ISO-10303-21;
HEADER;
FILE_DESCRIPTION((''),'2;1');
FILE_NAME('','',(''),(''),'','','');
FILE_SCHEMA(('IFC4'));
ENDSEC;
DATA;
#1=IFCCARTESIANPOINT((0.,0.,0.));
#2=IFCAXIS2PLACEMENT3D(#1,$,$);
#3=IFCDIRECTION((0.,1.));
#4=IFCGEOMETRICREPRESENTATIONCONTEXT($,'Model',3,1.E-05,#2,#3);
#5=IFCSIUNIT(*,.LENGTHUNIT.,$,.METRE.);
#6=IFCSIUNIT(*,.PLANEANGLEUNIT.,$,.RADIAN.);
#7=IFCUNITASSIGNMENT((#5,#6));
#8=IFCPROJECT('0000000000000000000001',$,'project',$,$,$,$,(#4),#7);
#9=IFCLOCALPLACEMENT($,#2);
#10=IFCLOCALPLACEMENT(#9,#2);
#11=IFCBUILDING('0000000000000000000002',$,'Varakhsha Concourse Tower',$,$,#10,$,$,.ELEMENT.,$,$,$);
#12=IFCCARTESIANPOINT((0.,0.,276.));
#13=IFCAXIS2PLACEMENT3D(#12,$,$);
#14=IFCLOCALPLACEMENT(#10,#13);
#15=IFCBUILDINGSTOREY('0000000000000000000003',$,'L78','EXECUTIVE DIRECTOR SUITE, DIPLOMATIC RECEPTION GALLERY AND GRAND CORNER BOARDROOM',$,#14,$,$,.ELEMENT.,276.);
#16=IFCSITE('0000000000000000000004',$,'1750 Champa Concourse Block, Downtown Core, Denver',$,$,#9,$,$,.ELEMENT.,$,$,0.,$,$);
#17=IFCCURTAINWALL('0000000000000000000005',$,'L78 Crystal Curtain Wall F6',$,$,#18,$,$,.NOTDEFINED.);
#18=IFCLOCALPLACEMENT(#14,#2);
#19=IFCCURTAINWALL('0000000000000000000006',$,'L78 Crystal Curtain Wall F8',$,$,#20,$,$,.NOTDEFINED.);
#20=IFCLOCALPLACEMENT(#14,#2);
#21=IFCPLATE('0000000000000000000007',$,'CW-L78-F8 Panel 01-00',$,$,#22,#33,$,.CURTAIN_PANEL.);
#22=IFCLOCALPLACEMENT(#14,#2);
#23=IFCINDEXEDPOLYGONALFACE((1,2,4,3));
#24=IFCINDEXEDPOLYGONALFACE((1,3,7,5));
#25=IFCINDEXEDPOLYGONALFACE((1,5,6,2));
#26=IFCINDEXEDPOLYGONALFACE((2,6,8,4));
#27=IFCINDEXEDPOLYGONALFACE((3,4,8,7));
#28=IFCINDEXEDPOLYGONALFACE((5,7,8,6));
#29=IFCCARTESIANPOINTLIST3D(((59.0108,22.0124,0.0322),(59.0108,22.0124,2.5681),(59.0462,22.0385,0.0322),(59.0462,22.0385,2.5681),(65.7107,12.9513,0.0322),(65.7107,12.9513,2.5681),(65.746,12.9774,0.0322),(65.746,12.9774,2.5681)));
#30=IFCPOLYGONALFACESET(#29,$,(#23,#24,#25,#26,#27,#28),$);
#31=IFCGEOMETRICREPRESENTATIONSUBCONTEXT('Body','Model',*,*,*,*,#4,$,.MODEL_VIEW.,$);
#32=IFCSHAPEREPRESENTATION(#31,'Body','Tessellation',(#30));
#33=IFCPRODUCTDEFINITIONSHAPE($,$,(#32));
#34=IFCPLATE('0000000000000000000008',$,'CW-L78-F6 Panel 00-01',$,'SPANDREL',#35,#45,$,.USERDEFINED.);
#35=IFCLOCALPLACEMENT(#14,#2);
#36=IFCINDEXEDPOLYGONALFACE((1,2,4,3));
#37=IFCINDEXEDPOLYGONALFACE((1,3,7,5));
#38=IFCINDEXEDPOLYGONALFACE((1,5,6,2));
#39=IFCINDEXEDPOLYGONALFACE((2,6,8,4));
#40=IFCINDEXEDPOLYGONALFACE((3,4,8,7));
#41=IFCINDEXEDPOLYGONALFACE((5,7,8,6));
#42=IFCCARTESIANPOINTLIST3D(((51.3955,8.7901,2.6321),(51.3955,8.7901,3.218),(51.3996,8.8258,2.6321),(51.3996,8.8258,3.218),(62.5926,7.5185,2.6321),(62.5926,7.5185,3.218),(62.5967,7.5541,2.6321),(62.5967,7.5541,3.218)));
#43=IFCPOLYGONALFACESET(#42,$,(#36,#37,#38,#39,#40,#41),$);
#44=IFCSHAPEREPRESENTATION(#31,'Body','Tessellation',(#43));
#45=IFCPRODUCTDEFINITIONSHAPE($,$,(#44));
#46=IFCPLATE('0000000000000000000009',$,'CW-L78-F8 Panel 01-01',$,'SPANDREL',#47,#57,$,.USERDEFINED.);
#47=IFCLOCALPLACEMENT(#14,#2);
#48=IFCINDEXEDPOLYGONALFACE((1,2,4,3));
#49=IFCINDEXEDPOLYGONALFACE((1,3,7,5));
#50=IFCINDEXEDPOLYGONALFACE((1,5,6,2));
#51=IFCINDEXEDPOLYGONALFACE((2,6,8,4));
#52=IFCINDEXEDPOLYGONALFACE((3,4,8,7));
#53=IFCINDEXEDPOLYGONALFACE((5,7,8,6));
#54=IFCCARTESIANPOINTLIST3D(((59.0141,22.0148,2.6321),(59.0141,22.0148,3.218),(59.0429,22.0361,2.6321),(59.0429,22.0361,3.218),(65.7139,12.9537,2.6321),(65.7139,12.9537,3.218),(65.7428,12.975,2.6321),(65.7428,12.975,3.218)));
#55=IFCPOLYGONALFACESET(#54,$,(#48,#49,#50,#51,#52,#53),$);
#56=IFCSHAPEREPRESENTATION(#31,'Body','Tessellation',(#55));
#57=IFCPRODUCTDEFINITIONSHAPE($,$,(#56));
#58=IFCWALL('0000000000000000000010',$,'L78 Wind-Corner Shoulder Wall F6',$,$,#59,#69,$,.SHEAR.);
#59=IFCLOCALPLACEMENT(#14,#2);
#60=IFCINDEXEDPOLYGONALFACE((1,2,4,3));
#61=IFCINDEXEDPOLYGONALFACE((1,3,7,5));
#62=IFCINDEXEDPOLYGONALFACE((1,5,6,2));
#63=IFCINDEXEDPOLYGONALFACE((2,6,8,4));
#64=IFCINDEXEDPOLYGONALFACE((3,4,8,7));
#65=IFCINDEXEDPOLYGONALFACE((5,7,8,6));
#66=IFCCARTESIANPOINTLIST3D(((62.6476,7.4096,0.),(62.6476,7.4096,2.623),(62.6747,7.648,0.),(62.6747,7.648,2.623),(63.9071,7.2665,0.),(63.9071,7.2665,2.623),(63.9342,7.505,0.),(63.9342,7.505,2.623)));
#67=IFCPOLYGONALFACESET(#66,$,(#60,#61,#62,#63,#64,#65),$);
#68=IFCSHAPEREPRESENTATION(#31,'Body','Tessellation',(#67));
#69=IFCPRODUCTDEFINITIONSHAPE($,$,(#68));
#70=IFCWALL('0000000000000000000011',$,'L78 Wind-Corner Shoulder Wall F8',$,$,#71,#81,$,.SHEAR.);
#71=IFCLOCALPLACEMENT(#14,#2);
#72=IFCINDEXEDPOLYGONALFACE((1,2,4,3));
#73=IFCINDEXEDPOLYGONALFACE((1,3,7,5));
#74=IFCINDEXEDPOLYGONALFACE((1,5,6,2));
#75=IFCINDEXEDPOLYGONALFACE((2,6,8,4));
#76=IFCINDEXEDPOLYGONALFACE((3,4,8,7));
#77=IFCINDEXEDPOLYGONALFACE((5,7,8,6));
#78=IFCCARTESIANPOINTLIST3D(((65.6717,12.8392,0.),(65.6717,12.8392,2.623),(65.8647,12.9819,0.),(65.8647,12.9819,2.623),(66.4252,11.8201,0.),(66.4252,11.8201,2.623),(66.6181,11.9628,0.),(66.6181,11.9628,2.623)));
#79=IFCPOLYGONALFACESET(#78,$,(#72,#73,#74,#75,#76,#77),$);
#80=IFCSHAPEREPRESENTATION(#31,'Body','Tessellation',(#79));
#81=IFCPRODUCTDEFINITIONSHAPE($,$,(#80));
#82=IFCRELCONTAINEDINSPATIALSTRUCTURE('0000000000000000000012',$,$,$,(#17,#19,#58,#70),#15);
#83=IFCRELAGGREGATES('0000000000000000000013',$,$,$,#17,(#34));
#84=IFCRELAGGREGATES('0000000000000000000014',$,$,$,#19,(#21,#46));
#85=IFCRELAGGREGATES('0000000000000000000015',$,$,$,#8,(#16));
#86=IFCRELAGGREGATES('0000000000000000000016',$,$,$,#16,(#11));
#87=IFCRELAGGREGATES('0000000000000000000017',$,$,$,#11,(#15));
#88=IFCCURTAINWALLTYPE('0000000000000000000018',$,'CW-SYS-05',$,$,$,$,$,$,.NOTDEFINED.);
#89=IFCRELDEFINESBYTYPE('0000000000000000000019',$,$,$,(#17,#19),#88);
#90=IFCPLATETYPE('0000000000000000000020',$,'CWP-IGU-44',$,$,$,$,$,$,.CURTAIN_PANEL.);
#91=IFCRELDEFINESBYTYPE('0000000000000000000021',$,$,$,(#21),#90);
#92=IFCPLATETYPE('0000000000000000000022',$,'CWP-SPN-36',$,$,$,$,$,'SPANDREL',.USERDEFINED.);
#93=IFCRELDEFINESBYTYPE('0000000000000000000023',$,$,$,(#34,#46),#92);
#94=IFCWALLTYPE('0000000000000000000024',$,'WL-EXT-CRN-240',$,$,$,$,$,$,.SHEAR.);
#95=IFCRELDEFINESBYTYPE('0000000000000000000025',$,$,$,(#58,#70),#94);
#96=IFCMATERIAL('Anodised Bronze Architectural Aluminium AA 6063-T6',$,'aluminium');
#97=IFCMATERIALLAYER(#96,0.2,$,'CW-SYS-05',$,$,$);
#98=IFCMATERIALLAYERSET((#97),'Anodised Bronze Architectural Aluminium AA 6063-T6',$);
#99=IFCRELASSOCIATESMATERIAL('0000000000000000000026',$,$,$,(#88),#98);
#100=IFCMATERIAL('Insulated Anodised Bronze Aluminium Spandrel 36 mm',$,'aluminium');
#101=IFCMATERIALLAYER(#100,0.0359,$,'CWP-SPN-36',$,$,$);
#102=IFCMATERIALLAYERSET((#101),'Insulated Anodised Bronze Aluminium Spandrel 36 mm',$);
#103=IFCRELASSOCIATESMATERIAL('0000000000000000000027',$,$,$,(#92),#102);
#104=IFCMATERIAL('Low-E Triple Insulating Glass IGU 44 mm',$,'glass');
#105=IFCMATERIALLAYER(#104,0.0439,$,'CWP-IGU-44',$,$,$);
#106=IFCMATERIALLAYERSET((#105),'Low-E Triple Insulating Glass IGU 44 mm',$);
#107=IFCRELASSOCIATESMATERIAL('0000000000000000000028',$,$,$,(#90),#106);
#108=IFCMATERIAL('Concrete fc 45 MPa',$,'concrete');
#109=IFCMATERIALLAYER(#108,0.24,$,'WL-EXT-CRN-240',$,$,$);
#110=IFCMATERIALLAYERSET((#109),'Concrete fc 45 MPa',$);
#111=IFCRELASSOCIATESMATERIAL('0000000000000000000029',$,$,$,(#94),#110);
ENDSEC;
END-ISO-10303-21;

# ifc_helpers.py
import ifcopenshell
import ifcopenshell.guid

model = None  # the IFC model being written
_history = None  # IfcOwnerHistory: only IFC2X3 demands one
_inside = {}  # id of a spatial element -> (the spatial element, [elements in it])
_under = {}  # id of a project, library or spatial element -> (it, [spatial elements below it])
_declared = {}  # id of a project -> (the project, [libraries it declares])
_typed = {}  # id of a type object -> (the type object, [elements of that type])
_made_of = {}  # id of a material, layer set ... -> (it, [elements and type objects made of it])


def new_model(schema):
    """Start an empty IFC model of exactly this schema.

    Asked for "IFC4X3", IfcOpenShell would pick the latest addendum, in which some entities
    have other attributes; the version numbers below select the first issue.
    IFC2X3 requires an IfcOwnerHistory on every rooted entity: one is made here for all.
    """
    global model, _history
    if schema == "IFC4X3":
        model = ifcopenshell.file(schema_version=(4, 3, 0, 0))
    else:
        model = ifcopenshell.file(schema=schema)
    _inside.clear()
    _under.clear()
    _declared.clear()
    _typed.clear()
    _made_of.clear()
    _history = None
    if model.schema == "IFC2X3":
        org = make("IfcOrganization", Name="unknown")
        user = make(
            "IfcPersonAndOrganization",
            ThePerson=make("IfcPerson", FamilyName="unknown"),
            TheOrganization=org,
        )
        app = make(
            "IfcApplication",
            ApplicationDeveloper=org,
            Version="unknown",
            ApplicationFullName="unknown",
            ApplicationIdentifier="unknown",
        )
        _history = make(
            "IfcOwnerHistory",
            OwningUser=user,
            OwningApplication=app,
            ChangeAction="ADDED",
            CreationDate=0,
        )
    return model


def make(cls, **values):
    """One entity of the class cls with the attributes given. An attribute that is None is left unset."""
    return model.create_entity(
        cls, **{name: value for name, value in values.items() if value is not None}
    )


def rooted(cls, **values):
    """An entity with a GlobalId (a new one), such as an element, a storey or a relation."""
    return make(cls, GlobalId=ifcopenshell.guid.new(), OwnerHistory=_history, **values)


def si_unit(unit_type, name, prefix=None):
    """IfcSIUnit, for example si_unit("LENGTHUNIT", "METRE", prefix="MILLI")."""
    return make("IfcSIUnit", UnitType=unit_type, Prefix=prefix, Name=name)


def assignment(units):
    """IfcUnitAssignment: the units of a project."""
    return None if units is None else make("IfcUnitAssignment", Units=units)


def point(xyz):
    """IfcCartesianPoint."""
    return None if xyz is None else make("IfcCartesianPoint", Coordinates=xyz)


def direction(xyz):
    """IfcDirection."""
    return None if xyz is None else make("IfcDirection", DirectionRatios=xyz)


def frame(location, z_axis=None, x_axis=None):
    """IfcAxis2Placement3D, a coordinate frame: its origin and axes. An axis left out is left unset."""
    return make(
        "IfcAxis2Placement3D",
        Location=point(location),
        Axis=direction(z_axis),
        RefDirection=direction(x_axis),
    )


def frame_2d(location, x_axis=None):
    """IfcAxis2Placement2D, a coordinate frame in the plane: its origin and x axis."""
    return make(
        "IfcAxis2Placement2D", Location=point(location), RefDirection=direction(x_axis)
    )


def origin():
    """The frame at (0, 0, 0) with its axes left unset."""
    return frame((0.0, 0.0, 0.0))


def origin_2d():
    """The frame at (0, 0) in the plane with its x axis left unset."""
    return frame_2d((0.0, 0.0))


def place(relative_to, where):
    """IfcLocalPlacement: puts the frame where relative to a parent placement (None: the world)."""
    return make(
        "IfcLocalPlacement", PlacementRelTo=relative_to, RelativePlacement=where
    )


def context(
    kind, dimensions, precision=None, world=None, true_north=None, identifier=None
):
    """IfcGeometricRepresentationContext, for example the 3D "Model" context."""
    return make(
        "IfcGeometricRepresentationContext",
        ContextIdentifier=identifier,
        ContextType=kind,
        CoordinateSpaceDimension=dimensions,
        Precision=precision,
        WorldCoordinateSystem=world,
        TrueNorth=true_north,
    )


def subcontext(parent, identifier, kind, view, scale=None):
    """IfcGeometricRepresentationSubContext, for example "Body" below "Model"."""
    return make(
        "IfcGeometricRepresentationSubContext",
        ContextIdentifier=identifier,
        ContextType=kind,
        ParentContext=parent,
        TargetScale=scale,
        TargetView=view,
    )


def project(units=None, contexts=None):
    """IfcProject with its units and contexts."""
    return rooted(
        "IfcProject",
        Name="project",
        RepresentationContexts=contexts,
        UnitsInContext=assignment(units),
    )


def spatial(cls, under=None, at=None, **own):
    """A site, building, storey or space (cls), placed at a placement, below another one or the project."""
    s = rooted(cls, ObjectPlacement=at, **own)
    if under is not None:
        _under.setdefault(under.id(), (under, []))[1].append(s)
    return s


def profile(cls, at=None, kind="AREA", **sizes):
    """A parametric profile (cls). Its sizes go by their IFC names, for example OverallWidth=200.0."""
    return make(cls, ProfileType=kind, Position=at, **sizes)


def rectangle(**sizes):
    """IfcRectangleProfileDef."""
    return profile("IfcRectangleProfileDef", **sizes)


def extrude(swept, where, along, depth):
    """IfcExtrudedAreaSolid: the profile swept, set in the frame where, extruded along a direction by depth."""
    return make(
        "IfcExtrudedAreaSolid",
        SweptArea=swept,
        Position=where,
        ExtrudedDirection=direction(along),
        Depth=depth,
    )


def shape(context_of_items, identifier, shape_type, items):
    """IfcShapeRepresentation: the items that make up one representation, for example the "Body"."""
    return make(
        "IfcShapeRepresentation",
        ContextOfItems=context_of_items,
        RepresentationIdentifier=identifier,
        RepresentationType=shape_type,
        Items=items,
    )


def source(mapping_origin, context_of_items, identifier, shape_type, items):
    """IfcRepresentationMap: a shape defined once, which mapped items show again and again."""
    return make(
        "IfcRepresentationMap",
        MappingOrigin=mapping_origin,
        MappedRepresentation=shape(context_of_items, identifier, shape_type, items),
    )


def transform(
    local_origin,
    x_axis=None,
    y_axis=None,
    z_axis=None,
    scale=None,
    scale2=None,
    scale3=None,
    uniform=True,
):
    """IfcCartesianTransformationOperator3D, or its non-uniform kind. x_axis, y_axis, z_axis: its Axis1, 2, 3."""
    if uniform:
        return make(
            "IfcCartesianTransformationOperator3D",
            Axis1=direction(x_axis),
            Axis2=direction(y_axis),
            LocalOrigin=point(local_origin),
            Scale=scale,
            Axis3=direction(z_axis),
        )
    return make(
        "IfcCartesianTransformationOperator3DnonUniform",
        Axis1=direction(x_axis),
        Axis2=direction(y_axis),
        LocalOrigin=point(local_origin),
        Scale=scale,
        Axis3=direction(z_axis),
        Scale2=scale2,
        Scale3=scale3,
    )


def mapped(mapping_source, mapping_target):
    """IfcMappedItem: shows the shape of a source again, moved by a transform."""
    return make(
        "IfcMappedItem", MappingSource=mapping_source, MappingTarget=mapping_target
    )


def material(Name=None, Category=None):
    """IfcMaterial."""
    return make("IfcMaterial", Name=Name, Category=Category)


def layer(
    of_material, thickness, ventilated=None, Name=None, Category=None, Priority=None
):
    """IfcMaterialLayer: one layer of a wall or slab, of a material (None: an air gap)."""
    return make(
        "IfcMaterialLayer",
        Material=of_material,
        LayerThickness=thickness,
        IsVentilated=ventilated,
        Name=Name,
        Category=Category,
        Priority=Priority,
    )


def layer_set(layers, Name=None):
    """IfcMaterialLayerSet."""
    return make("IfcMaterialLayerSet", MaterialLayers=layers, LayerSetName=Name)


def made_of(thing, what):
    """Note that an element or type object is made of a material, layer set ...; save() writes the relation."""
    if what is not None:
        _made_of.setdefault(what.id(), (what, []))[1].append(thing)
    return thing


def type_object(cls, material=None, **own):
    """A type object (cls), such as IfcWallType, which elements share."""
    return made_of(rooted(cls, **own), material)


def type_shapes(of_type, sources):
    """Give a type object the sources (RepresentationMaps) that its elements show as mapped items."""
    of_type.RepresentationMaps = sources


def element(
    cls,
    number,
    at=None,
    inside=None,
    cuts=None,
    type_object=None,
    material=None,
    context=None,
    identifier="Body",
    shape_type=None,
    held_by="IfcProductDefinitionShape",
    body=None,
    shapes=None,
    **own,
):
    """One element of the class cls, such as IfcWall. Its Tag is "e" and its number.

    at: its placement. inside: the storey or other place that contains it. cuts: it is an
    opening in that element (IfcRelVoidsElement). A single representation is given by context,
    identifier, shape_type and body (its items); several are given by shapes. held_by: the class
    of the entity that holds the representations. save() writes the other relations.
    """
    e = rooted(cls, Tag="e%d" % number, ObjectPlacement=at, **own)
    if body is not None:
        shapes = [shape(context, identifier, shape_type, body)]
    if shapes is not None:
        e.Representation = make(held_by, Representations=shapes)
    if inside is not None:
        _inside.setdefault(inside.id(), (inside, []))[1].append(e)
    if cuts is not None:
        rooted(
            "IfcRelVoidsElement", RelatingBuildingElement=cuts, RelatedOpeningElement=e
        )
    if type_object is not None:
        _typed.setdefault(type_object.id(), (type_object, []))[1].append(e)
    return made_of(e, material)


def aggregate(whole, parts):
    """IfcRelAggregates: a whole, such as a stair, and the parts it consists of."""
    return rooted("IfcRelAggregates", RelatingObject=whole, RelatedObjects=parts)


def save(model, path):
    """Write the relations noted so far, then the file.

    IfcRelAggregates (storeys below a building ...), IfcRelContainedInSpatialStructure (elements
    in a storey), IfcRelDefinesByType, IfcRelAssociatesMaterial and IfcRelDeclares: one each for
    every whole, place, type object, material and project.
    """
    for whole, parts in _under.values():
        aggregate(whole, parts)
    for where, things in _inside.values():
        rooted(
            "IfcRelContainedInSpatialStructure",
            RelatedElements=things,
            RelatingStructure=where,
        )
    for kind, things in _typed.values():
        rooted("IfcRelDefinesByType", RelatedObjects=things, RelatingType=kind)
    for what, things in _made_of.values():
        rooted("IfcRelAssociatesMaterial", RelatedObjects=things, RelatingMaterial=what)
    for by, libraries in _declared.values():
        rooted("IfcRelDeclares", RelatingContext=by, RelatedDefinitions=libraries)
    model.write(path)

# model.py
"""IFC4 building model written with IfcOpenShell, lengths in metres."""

from ifc_helpers import new_model, si_unit, direction, frame, frame_2d, origin, origin_2d, place, context, subcontext, project, spatial, rectangle, extrude, source, transform, mapped, material, layer, layer_set, type_object, type_shapes, element, aggregate, save


model = new_model("IFC4")

# Units and contexts
model_context = context("Model", 3, precision=1e-05, world=origin(), true_north=direction((0.0, 1.0)))
body_context = subcontext(model_context, "Body", "Model", "MODEL_VIEW")
ifc_project = project(units=[si_unit("LENGTHUNIT", "METRE"), si_unit("PLANEANGLEUNIT", "RADIAN")], contexts=[model_context])

# Site, building, storey
site_placement = place(None, origin())
site = spatial("IfcSite", under=ifc_project, at=site_placement, Name="1750 Champa Concourse Block, Downtown Core, Denver", CompositionType="ELEMENT", RefElevation=0.0)
building_placement = place(site_placement, origin())
building = spatial("IfcBuilding", under=site, at=building_placement, Name="Varakhsha Concourse Tower", CompositionType="ELEMENT")
storey_placement = place(building_placement, frame((0.0, 0.0, 276.0)))
storey = spatial("IfcBuildingStorey", under=building, at=storey_placement, Name="L78", Description="EXECUTIVE DIRECTOR SUITE, DIPLOMATIC RECEPTION GALLERY AND GRAND CORNER BOARDROOM", CompositionType="ELEMENT", Elevation=276.0)

# Curtain wall
ifc_material_1 = material(Name="Anodised Bronze Architectural Aluminium AA 6063-T6", Category="aluminium")
ifc_layer_1 = layer(ifc_material_1, 0.2, Name="CW-SYS-05")
ifc_layer_set_1 = layer_set([ifc_layer_1], Name="Anodised Bronze Architectural Aluminium AA 6063-T6")
curtain_wall_type = type_object("IfcCurtainWallType", Name="CW-SYS-05", PredefinedType="NOTDEFINED", material=ifc_layer_set_1)
curtain_wall_1_placement = place(storey_placement, origin())
curtain_wall_1 = element("IfcCurtainWall", 1, at=curtain_wall_1_placement, inside=storey, type_object=curtain_wall_type, Name="L78 Crystal Curtain Wall F6", PredefinedType="NOTDEFINED")

# Curtain wall
curtain_wall_2_placement = place(storey_placement, origin())
curtain_wall_2 = element("IfcCurtainWall", 2, at=curtain_wall_2_placement, inside=storey, type_object=curtain_wall_type, Name="L78 Crystal Curtain Wall F8", PredefinedType="NOTDEFINED")

# Plates
ifc_material_2 = material(Name="Insulated Anodised Bronze Aluminium Spandrel 36 mm", Category="aluminium")
ifc_layer_2 = layer(ifc_material_2, 0.0359, Name="CWP-SPN-36")
ifc_layer_set_2 = layer_set([ifc_layer_2], Name="Insulated Anodised Bronze Aluminium Spandrel 36 mm")
plate_type_1 = type_object("IfcPlateType", Name="CWP-SPN-36", ElementType="SPANDREL", PredefinedType="USERDEFINED", material=ifc_layer_set_2)
ifc_material_3 = material(Name="Low-E Triple Insulating Glass IGU 44 mm", Category="glass")
ifc_layer_3 = layer(ifc_material_3, 0.0439, Name="CWP-IGU-44")
ifc_layer_set_3 = layer_set([ifc_layer_3], Name="Low-E Triple Insulating Glass IGU 44 mm")
plate_type_2 = type_object("IfcPlateType", Name="CWP-IGU-44", PredefinedType="CURTAIN_PANEL", material=ifc_layer_set_3)
shared_shape_1 = source(origin(), body_context, "Body", "SweptSolid", [
    extrude(rectangle(XDim=11.269, YDim=0.0439, at=origin_2d()), origin(), (0.0, 0.0, 1.0), 2.5359),
])
type_shapes(plate_type_2, [shared_shape_1])
plate_1_placement = place(storey_placement, frame((62.3784, 17.4949, 0.0322), z_axis=(0.0, 0.0, 1.0), x_axis=(0.594534, -0.804071, 0.0)))
plate_1 = element("IfcPlate", 3, at=plate_1_placement, type_object=plate_type_2, Name="CW-L78-F8 Panel 01-00", PredefinedType="CURTAIN_PANEL", context=body_context, shape_type="MappedRepresentation", body=[
    mapped(shared_shape_1, transform((0.0, 0.0, 0.0), scale=1.0)),
])
shared_shape_2 = source(origin(), body_context, "Body", "SweptSolid", [
    extrude(rectangle(XDim=11.269, YDim=0.0359, at=origin_2d()), origin(), (0.0, 0.0, 1.0), 0.5859),
])
plate_2_placement = place(storey_placement, frame((56.9961, 8.1721, 2.6321), z_axis=(0.0, 0.0, 1.0), x_axis=(-0.993613, 0.112844, 0.0)))
plate_2 = element("IfcPlate", 4, at=plate_2_placement, type_object=plate_type_1, Name="CW-L78-F6 Panel 00-01", ObjectType="SPANDREL", PredefinedType="USERDEFINED", context=body_context, shape_type="MappedRepresentation", body=[
    mapped(shared_shape_2, transform((0.0, 0.0, 0.0), scale=1.0)),
])
aggregate(curtain_wall_1, [plate_2])
plate_3_placement = place(storey_placement, frame((62.3784, 17.4949, 2.6321), z_axis=(0.0, 0.0, 1.0), x_axis=(0.594534, -0.804071, 0.0)))
plate_3 = element("IfcPlate", 5, at=plate_3_placement, type_object=plate_type_1, Name="CW-L78-F8 Panel 01-01", ObjectType="SPANDREL", PredefinedType="USERDEFINED", context=body_context, shape_type="MappedRepresentation", body=[
    mapped(shared_shape_2, transform((0.0, 0.0, 0.0), scale=1.0)),
])
aggregate(curtain_wall_2, [plate_1, plate_3])

# Walls
ifc_material_4 = material(Name="Concrete fc 45 MPa", Category="concrete")
ifc_layer_4 = layer(ifc_material_4, 0.24, Name="WL-EXT-CRN-240")
ifc_layer_set_4 = layer_set([ifc_layer_4], Name="Concrete fc 45 MPa")
wall_type = type_object("IfcWallType", Name="WL-EXT-CRN-240", PredefinedType="SHEAR", material=ifc_layer_set_4)
wall_1_placement = place(storey_placement, frame((62.6611, 7.5288, 0.0), z_axis=(0.0, 0.0, 1.0), x_axis=(0.993611, -0.112862, 0.0)))
element("IfcWall", 6, at=wall_1_placement, inside=storey, type_object=wall_type, Name="L78 Wind-Corner Shoulder Wall F6", PredefinedType="SHEAR", context=body_context, shape_type="SweptSolid", body=[
    extrude(rectangle(XDim=1.2676, YDim=0.24, at=frame_2d((0.6338, 0.0))), origin(), (0.0, 0.0, 1.0), 2.623),
])
wall_2_placement = place(storey_placement, frame((66.5217, 11.8914, 0.0), z_axis=(0.0, 0.0, 1.0), x_axis=(-0.594499, 0.804096, 0.0)))
element("IfcWall", 7, at=wall_2_placement, inside=storey, type_object=wall_type, Name="L78 Wind-Corner Shoulder Wall F8", PredefinedType="SHEAR", context=body_context, shape_type="SweptSolid", body=[
    extrude(rectangle(XDim=1.2673, YDim=0.24, at=frame_2d((0.6338, 0.0))), origin(), (0.0, 0.0, 1.0), 2.623),
])

save(model, "model.ifc")
